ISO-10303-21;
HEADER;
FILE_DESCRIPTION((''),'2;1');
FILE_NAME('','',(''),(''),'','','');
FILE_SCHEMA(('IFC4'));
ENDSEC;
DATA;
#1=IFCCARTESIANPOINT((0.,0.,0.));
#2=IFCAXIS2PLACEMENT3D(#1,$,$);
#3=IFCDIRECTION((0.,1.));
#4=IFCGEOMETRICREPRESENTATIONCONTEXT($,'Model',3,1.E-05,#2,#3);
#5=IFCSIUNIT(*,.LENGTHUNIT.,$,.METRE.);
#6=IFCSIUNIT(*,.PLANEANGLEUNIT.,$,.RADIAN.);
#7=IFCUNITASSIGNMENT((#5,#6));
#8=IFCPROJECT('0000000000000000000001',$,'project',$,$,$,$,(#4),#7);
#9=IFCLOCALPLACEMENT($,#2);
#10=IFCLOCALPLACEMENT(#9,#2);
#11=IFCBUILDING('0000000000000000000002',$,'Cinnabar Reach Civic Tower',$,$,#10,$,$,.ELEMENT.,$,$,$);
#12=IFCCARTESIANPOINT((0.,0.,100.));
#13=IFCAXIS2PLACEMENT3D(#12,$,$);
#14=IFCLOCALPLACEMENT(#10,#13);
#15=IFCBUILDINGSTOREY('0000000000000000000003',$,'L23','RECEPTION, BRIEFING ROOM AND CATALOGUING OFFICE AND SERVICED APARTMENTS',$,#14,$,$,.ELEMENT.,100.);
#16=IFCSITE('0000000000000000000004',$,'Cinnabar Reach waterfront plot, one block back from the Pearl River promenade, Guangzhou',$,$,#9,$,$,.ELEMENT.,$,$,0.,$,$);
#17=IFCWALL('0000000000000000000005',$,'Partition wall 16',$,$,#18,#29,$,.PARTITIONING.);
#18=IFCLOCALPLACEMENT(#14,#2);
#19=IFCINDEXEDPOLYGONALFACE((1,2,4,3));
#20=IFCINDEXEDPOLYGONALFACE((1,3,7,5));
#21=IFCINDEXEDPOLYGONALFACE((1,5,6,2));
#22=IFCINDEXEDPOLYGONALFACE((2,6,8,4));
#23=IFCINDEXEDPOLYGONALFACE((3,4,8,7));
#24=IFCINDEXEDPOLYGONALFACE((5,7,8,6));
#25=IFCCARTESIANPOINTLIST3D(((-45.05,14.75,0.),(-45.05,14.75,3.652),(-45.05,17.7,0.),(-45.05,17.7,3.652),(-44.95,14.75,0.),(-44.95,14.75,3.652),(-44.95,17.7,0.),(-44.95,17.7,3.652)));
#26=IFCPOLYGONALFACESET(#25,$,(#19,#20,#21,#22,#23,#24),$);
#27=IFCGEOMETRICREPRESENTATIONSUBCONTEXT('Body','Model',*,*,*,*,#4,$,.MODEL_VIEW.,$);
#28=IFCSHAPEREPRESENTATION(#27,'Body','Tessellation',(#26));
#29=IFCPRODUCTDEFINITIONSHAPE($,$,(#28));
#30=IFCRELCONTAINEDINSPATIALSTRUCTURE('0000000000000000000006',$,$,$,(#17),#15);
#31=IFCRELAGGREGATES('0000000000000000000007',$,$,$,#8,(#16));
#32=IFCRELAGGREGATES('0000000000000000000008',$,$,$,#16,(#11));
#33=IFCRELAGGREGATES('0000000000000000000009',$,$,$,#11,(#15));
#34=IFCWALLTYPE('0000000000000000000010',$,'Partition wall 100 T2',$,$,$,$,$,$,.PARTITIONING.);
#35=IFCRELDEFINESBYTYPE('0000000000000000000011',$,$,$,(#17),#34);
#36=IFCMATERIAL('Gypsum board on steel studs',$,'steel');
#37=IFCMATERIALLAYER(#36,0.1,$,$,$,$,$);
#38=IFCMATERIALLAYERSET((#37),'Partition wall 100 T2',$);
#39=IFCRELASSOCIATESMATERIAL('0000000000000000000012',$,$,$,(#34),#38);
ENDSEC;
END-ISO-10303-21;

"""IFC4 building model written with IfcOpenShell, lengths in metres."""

from ifc_helpers import new_model, si_unit, direction, frame, frame_2d, origin, place, context, subcontext, project, spatial, rectangle, extrude, material, layer, layer_set, type_object, element, save


model = new_model("IFC4")

# Units and contexts
model_context = context("Model", 3, precision=1e-05, world=origin(), true_north=direction((0.0, 1.0)))
body_context = subcontext(model_context, "Body", "Model", "MODEL_VIEW")
ifc_project = project(units=[si_unit("LENGTHUNIT", "METRE"), si_unit("PLANEANGLEUNIT", "RADIAN")], contexts=[model_context])

# Site, building, storey
site_placement = place(None, origin())
site = spatial("IfcSite", under=ifc_project, at=site_placement, Name="Cinnabar Reach waterfront plot, one block back from the Pearl River promenade, Guangzhou", CompositionType="ELEMENT", RefElevation=0.0)
building_placement = place(site_placement, origin())
building = spatial("IfcBuilding", under=site, at=building_placement, Name="Cinnabar Reach Civic Tower", CompositionType="ELEMENT")
storey_placement = place(building_placement, frame((0.0, 0.0, 100.0)))
storey = spatial("IfcBuildingStorey", under=building, at=storey_placement, Name="L23", Description="RECEPTION, BRIEFING ROOM AND CATALOGUING OFFICE AND SERVICED APARTMENTS", CompositionType="ELEMENT", Elevation=100.0)

# Wall
ifc_material_1 = material(Name="Gypsum board on steel studs", Category="steel")
ifc_layer_1 = layer(ifc_material_1, 0.1)
ifc_layer_set_1 = layer_set([ifc_layer_1], Name="Partition wall 100 T2")
wall_type_1 = type_object("IfcWallType", Name="Partition wall 100 T2", PredefinedType="PARTITIONING", material=ifc_layer_set_1)
wall_1_placement = place(storey_placement, frame((-45.0, 14.75, 0.0), z_axis=(0.0, 0.0, 1.0), x_axis=(0.0, 1.0, 0.0)))
element("IfcWall", 1, at=wall_1_placement, inside=storey, type_object=wall_type_1, Name="Partition wall 16", PredefinedType="PARTITIONING", context=body_context, shape_type="SweptSolid", body=[
    extrude(rectangle(XDim=2.95, YDim=0.1, at=frame_2d((1.475, 0.0))), origin(), (0.0, 0.0, 1.0), 3.652),
])

save(model, "model.ifc")
